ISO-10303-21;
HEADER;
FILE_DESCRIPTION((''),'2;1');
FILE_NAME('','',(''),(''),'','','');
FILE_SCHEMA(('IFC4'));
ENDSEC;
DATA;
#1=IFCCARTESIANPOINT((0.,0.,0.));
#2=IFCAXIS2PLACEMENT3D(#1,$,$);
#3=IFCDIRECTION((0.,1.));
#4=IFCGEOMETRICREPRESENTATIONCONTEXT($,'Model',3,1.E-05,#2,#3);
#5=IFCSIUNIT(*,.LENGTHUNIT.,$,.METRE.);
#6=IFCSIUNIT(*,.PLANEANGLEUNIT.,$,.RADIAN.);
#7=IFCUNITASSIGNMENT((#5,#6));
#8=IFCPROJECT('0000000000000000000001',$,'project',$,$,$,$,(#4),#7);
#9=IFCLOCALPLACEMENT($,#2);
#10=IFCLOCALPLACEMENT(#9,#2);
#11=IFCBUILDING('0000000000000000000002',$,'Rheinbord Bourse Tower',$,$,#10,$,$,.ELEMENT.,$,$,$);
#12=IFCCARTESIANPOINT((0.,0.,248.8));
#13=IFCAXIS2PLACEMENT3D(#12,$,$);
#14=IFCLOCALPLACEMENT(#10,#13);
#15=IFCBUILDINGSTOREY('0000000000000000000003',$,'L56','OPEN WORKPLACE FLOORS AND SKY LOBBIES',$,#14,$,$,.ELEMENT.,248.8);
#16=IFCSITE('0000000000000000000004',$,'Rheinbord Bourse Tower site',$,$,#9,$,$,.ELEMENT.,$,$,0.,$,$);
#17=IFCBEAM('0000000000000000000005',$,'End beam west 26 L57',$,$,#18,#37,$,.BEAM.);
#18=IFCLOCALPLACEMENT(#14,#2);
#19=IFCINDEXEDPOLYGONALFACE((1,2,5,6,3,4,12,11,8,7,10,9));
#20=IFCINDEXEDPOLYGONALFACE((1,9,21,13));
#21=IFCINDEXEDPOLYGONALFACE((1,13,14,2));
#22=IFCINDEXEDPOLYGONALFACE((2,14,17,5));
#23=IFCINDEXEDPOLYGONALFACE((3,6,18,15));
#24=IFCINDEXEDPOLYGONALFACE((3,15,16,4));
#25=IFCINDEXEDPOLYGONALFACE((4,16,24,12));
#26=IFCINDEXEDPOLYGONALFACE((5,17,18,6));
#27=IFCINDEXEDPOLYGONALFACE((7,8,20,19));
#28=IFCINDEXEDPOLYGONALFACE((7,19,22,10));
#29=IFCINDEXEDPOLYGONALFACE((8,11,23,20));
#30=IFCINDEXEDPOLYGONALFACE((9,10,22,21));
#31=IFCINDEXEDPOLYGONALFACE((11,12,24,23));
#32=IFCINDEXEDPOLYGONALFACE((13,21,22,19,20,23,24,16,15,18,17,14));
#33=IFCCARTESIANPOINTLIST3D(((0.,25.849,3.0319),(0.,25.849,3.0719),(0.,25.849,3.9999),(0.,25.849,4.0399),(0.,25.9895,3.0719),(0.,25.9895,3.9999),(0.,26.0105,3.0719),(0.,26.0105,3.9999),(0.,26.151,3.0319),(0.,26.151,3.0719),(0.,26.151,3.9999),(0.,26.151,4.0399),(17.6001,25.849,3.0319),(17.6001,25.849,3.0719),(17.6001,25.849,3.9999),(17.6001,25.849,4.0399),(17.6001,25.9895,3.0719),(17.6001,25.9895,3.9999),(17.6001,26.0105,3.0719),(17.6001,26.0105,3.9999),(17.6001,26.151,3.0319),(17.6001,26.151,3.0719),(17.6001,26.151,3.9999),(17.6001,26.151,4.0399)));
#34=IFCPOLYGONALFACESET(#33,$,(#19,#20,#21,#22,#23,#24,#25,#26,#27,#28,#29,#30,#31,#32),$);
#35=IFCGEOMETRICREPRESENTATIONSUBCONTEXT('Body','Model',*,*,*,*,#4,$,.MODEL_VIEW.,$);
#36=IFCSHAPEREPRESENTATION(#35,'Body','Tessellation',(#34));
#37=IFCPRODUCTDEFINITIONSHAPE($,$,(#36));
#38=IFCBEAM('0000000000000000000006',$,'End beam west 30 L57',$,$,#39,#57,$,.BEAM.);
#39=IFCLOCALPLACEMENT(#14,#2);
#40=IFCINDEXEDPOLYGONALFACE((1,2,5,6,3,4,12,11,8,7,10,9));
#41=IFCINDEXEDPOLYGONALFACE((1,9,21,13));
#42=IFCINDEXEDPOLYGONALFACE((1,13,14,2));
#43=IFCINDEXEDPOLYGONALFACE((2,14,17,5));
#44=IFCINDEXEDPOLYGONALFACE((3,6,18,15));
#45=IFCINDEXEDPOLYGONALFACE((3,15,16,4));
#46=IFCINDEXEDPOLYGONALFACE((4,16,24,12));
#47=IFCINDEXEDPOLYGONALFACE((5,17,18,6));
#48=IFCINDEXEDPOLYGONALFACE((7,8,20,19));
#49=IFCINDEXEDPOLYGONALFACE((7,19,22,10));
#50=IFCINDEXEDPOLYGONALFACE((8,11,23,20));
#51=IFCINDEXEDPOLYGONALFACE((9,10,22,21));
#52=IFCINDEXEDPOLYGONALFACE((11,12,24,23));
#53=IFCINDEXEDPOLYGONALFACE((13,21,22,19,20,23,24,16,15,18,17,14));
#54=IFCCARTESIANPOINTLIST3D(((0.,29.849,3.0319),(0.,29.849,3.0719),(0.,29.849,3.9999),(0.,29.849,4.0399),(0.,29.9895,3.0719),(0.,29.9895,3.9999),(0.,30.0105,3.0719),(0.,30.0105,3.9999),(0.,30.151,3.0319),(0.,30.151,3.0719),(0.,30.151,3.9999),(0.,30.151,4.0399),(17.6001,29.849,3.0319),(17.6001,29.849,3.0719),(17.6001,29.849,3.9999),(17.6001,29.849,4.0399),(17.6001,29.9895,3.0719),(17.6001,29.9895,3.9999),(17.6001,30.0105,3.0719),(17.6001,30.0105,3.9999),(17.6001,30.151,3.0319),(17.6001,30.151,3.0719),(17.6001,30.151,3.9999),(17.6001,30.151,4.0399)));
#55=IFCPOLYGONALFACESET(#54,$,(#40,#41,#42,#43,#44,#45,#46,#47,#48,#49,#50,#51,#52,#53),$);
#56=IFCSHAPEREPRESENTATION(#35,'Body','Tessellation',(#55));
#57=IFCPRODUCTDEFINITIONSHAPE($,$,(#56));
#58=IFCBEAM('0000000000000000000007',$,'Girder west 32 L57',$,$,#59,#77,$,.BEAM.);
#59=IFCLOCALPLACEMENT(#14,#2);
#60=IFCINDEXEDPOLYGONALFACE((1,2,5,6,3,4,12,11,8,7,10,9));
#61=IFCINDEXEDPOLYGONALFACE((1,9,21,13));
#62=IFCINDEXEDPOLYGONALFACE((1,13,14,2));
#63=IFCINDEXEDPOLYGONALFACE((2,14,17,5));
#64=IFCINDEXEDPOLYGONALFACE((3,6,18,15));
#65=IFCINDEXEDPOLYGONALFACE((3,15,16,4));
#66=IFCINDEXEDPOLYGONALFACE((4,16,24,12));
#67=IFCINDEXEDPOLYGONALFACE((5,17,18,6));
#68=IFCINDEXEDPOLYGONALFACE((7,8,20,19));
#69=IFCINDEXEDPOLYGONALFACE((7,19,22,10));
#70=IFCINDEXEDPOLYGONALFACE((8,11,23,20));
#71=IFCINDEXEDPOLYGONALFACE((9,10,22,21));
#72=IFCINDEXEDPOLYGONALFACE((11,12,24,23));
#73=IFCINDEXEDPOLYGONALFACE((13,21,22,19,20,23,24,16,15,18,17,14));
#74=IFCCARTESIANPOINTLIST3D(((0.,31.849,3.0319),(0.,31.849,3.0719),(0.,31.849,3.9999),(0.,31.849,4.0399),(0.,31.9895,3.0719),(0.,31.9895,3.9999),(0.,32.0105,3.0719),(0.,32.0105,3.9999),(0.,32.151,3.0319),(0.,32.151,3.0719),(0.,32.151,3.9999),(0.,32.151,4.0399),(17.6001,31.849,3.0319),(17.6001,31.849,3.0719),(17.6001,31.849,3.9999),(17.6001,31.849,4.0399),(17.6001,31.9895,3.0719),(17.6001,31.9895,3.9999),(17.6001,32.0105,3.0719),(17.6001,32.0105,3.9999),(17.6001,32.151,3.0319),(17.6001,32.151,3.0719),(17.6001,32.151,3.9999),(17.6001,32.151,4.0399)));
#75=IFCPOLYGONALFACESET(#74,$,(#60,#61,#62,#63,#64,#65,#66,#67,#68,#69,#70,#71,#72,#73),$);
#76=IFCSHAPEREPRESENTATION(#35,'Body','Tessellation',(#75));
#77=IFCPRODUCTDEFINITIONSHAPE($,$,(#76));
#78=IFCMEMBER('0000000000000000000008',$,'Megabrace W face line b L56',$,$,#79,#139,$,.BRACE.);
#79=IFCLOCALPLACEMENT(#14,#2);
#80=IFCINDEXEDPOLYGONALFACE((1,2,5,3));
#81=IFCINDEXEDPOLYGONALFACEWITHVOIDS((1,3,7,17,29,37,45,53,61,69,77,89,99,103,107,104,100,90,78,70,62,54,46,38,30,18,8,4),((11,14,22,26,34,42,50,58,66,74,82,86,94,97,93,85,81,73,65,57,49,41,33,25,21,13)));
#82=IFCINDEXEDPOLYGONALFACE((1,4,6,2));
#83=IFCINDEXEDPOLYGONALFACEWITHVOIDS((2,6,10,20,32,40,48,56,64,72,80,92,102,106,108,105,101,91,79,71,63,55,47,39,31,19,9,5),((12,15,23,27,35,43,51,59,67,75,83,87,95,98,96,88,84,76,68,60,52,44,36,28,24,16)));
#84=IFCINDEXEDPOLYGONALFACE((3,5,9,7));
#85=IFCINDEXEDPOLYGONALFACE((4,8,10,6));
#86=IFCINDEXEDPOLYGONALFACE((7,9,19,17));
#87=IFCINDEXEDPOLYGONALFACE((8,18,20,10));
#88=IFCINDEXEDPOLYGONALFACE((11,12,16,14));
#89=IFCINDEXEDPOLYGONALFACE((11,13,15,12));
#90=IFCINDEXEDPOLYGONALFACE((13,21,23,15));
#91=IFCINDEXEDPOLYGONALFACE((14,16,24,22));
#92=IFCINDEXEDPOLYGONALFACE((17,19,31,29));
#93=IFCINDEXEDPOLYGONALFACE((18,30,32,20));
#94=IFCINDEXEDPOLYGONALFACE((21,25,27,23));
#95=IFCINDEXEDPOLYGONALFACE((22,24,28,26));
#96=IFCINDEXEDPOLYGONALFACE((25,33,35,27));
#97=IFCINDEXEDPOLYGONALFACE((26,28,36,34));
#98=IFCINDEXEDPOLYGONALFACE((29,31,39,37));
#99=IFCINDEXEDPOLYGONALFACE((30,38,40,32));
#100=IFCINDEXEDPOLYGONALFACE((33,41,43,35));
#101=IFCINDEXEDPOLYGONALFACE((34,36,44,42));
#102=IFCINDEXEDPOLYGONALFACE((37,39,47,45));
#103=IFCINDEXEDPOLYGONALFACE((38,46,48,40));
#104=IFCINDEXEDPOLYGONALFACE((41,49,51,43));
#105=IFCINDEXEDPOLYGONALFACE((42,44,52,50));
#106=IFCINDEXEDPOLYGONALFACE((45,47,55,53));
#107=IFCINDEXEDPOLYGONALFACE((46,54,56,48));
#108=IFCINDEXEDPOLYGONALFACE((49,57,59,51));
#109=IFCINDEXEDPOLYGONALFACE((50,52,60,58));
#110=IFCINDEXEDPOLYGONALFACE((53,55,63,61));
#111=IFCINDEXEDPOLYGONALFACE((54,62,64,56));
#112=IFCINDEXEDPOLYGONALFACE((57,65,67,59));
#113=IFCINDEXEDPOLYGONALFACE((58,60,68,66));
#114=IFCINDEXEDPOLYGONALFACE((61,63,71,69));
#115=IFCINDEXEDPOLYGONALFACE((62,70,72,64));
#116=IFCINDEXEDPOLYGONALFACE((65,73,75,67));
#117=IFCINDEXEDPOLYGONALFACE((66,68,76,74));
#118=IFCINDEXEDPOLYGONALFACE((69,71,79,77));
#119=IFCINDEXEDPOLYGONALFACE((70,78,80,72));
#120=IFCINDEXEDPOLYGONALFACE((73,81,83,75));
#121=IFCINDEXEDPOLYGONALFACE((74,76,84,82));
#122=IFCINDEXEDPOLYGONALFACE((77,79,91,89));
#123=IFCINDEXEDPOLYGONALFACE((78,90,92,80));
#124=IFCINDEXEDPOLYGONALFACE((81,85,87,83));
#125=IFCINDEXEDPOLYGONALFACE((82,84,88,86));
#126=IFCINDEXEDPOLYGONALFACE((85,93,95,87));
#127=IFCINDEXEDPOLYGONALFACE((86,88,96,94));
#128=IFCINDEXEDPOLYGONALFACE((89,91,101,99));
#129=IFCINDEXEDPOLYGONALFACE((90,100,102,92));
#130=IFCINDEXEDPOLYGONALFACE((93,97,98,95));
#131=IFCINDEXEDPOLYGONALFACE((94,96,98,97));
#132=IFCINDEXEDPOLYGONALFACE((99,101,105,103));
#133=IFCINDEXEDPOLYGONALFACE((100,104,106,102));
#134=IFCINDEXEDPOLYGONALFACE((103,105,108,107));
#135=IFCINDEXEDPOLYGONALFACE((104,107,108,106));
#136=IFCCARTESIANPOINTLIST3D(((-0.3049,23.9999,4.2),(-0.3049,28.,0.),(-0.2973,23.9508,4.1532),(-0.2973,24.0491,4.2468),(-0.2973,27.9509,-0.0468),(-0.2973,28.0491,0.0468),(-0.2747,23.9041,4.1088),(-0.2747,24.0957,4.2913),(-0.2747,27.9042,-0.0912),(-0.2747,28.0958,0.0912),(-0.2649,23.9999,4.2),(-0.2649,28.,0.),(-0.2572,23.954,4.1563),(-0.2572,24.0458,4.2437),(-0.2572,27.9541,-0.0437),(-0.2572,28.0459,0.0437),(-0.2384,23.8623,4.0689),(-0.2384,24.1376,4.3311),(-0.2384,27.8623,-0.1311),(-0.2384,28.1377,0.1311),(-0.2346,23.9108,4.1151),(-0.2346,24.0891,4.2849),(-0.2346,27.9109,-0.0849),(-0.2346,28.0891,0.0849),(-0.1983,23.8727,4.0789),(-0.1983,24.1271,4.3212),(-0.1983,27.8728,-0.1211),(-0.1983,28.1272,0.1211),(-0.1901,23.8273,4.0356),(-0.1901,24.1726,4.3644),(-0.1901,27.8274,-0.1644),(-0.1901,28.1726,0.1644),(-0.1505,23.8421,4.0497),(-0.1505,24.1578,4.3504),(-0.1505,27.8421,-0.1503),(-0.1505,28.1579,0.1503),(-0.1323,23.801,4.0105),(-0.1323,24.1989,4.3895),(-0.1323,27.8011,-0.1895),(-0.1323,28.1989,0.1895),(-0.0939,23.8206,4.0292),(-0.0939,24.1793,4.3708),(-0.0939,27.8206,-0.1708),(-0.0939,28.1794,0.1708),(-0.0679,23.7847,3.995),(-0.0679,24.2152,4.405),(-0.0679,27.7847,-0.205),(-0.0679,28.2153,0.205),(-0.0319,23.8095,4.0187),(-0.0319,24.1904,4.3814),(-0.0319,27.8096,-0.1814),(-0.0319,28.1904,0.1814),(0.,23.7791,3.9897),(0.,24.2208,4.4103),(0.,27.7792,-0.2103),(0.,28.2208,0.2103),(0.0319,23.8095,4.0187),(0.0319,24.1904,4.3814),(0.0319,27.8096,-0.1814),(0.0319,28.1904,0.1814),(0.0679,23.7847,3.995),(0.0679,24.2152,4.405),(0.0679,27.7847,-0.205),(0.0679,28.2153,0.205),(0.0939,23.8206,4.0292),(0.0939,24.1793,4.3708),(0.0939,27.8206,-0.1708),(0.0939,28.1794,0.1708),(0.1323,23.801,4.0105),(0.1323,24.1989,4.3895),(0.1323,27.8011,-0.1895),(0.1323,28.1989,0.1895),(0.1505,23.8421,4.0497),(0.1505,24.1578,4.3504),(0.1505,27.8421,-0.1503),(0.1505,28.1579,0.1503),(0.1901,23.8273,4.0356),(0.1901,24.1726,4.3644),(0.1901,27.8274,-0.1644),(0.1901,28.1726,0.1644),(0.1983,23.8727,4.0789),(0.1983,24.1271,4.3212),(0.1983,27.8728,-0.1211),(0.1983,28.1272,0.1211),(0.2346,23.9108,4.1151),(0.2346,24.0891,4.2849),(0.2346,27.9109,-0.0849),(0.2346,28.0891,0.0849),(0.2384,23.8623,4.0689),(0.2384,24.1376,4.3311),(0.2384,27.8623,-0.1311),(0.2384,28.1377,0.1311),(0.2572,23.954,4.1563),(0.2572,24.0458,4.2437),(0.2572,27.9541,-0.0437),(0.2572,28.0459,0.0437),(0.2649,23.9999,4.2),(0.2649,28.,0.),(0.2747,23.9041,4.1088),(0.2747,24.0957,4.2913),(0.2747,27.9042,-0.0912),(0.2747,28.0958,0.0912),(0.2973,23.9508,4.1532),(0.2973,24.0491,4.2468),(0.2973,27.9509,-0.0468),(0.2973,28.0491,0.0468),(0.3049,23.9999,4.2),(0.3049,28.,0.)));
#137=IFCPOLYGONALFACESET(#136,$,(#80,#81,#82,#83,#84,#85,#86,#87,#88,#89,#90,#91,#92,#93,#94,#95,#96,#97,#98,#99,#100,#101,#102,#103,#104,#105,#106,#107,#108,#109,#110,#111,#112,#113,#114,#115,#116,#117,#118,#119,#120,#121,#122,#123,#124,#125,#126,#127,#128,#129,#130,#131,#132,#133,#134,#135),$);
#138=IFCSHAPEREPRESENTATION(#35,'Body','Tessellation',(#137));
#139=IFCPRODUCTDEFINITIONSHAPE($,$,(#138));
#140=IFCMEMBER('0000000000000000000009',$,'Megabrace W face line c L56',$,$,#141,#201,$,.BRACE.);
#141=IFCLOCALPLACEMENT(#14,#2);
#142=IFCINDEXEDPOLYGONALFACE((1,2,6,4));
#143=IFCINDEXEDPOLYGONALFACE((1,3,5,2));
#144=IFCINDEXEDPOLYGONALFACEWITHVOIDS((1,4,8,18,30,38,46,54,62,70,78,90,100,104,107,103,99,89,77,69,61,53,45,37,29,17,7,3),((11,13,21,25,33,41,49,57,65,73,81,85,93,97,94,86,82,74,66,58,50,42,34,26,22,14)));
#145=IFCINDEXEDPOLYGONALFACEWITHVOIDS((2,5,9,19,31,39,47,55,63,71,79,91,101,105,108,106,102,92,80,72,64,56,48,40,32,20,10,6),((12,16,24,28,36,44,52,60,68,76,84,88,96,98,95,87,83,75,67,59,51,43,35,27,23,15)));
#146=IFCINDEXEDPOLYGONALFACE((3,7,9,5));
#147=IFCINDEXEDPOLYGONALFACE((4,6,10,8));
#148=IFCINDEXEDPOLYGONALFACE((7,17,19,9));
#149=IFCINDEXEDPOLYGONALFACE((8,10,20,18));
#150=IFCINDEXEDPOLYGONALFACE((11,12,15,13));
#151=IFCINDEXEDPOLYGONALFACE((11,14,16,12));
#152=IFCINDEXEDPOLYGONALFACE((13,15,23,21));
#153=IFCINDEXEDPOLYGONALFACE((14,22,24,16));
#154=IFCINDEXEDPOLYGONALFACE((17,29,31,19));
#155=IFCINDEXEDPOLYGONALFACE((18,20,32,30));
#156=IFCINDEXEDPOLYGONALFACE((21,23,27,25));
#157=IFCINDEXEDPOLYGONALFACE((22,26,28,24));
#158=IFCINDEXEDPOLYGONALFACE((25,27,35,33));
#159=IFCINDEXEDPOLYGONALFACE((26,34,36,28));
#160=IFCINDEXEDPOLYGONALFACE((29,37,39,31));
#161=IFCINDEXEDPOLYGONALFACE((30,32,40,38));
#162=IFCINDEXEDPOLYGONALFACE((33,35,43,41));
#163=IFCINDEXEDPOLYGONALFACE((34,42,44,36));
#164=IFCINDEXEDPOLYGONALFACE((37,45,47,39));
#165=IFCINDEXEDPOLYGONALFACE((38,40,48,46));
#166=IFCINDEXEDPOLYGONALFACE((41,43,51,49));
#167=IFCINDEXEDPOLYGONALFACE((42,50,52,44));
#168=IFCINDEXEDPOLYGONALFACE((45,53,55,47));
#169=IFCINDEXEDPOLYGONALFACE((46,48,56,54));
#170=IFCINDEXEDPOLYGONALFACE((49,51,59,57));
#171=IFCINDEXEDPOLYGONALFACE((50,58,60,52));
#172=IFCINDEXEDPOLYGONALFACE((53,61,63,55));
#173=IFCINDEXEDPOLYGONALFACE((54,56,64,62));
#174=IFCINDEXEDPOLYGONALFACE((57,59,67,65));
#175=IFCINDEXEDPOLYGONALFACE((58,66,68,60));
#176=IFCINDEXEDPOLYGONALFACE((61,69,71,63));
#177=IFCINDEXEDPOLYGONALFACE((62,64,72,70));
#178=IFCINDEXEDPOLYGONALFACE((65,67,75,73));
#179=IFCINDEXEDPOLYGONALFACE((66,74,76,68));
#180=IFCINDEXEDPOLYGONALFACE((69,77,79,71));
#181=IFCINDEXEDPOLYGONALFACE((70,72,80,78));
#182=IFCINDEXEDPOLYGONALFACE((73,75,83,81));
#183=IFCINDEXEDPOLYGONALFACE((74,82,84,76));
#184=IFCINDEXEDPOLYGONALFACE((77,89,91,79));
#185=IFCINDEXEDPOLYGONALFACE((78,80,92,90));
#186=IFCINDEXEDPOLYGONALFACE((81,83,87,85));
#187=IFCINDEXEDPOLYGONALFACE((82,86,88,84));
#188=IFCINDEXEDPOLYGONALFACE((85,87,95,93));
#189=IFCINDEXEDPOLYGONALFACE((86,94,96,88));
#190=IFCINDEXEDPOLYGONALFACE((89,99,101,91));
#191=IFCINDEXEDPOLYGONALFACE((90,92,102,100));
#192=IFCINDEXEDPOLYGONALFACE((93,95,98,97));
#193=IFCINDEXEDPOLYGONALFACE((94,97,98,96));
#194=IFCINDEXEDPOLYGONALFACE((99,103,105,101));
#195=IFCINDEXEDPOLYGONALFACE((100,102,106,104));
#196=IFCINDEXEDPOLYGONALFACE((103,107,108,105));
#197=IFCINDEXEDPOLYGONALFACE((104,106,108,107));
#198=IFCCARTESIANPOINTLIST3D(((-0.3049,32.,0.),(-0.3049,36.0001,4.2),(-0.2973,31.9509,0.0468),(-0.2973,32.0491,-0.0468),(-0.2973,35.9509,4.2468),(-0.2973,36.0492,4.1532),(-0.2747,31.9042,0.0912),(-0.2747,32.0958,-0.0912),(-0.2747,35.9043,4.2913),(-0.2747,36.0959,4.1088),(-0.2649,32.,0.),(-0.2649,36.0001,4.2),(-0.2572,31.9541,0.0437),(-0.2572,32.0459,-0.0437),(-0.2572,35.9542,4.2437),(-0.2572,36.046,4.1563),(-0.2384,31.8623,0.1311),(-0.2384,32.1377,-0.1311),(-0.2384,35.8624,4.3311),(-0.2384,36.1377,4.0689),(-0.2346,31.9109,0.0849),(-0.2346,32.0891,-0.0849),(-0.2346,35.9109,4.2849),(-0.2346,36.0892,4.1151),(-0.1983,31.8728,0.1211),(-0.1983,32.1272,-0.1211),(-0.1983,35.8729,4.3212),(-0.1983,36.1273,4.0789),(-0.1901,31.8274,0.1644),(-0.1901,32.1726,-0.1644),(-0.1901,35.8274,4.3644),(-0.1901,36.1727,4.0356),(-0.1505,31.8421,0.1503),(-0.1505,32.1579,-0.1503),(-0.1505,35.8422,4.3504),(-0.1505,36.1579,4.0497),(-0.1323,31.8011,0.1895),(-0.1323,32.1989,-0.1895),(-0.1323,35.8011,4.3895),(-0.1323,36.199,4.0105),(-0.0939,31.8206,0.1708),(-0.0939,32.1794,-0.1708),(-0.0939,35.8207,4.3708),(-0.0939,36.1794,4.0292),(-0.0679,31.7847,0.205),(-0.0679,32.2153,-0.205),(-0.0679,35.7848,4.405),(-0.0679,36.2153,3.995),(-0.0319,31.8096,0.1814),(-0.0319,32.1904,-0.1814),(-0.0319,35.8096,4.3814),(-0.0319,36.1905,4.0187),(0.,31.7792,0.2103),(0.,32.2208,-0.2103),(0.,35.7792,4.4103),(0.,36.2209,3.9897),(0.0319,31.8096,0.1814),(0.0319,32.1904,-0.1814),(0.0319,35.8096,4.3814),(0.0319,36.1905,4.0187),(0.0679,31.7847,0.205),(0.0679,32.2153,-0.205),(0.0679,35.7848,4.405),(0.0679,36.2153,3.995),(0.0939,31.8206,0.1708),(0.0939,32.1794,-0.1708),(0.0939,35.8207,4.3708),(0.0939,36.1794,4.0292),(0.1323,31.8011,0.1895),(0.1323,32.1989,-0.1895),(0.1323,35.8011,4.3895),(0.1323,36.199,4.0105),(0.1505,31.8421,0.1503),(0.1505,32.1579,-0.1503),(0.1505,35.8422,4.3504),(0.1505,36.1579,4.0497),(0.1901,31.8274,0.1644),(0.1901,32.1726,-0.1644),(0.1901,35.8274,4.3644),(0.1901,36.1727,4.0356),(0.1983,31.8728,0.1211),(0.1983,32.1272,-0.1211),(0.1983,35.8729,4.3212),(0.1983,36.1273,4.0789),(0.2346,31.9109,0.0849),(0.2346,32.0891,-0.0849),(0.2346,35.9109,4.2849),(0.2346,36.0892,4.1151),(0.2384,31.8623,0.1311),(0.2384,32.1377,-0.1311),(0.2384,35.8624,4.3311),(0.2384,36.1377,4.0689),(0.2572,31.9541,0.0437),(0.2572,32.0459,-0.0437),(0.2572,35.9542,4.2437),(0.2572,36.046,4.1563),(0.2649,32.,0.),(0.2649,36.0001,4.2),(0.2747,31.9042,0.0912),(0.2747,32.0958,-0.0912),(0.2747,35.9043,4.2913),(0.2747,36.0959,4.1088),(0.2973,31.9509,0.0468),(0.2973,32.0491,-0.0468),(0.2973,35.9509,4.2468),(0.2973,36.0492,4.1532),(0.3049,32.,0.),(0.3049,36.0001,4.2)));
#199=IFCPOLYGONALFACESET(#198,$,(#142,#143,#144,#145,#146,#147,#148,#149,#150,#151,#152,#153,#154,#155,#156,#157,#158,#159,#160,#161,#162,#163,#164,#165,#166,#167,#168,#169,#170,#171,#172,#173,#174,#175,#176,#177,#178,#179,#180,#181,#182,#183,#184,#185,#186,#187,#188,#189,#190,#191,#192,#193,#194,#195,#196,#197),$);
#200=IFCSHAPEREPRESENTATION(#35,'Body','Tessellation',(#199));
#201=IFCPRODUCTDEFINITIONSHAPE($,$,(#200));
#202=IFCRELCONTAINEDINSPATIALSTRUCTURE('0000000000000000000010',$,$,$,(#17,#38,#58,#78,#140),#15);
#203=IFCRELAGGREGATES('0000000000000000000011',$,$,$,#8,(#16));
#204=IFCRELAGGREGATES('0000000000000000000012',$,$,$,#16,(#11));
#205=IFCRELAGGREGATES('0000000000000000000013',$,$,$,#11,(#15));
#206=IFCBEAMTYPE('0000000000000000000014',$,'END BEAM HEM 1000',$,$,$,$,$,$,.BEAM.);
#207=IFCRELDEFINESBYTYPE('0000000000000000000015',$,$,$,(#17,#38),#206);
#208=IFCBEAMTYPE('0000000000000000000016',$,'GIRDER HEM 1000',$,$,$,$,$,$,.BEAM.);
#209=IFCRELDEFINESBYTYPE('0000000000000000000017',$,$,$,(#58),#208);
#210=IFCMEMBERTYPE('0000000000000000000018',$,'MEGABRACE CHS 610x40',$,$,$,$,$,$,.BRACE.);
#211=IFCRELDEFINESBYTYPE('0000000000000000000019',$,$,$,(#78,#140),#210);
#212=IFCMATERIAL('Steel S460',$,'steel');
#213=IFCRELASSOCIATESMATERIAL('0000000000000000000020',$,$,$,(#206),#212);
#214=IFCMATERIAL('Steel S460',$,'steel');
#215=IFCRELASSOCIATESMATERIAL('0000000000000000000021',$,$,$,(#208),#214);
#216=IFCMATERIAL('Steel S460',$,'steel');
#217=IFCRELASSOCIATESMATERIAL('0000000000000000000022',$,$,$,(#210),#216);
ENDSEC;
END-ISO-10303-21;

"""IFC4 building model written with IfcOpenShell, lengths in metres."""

from ifc_helpers import new_model, si_unit, direction, frame, origin, origin_2d, place, context, subcontext, project, spatial, hollow_circle, i_section, extrude, material, material_profile, profile_set, type_object, element, save


model = new_model("IFC4")

# Units and contexts
model_context = context("Model", 3, precision=1e-05, world=origin(), true_north=direction((0.0, 1.0)))
body_context = subcontext(model_context, "Body", "Model", "MODEL_VIEW")
ifc_project = project(units=[si_unit("LENGTHUNIT", "METRE"), si_unit("PLANEANGLEUNIT", "RADIAN")], contexts=[model_context])

# Site, building, storey
site_placement = place(None, origin())
site = spatial("IfcSite", under=ifc_project, at=site_placement, Name="Rheinbord Bourse Tower site", CompositionType="ELEMENT", RefElevation=0.0)
building_placement = place(site_placement, origin())
building = spatial("IfcBuilding", under=site, at=building_placement, Name="Rheinbord Bourse Tower", CompositionType="ELEMENT")
storey_placement = place(building_placement, frame((0.0, 0.0, 248.8)))
storey = spatial("IfcBuildingStorey", under=building, at=storey_placement, Name="L56", Description="OPEN WORKPLACE FLOORS AND SKY LOBBIES", CompositionType="ELEMENT", Elevation=248.8)

# Beams
ifc_material_1 = material(Name="Steel S460", Category="steel")
ifc_material_profile_1 = material_profile(ifc_material_1, i_section(OverallWidth=0.302, OverallDepth=1.0081, WebThickness=0.021, FlangeThickness=0.04, at=origin_2d()), Name="HEM 1000")
ifc_profile_set_1 = profile_set([ifc_material_profile_1], Name="Steel S460")
beam_type_1 = type_object("IfcBeamType", Name="END BEAM HEM 1000", PredefinedType="BEAM", material=ifc_profile_set_1)
for number, where, z_axis, x_axis, name in (
    (1, (0.0, 26.0, 3.5359), (1.0, 0.0, 0.0), (0.0, 1.0, 0.0), "End beam west 26 L57"),
    (2, (0.0, 30.0, 3.5359), (1.0, 0.0, 0.0), (0.0, 1.0, 0.0), "End beam west 30 L57"),
):
    element("IfcBeam", number, at=place(storey_placement, frame(where, z_axis=z_axis, x_axis=x_axis)), inside=storey, type_object=beam_type_1, Name=name, PredefinedType="BEAM", context=body_context, shape_type="SweptSolid", body=[
        extrude(i_section(OverallWidth=0.302, OverallDepth=1.0081, WebThickness=0.021, FlangeThickness=0.04, at=origin_2d()), origin(), (0.0, 0.0, 1.0), 17.6001),
    ])
ifc_material_2 = material(Name="Steel S460", Category="steel")
ifc_material_profile_2 = material_profile(ifc_material_2, i_section(OverallWidth=0.302, OverallDepth=1.0081, WebThickness=0.021, FlangeThickness=0.04, at=origin_2d()), Name="HEM 1000")
ifc_profile_set_2 = profile_set([ifc_material_profile_2], Name="Steel S460")
beam_type_2 = type_object("IfcBeamType", Name="GIRDER HEM 1000", PredefinedType="BEAM", material=ifc_profile_set_2)
beam_placement = place(storey_placement, frame((0.0, 32.0, 3.5359), z_axis=(1.0, 0.0, 0.0), x_axis=(0.0, 1.0, 0.0)))
element("IfcBeam", 3, at=beam_placement, inside=storey, type_object=beam_type_2, Name="Girder west 32 L57", PredefinedType="BEAM", context=body_context, shape_type="SweptSolid", body=[
    extrude(i_section(OverallWidth=0.302, OverallDepth=1.0081, WebThickness=0.021, FlangeThickness=0.04, at=origin_2d()), origin(), (0.0, 0.0, 1.0), 17.6001),
])

# Members
ifc_material_3 = material(Name="Steel S460", Category="steel")
ifc_material_profile_3 = material_profile(ifc_material_3, hollow_circle(Radius=0.3049, WallThickness=0.04, at=origin_2d()), Name="CHS 610x40")
ifc_profile_set_3 = profile_set([ifc_material_profile_3], Name="Steel S460")
member_type_1 = type_object("IfcMemberType", Name="MEGABRACE CHS 610x40", PredefinedType="BRACE", material=ifc_profile_set_3)
for number, where, z_axis, x_axis, name in (
    (4, (0.0, 28.0, 0.0), (0.0, -0.689659, 0.724134), (1.0, 0.0, 0.0), "Megabrace W face line b L56"),
    (5, (0.0, 32.0, 0.0), (0.0, 0.689659, 0.724134), (-1.0, 0.0, 0.0), "Megabrace W face line c L56"),
):
    element("IfcMember", number, at=place(storey_placement, frame(where, z_axis=z_axis, x_axis=x_axis)), inside=storey, type_object=member_type_1, Name=name, PredefinedType="BRACE", context=body_context, shape_type="SweptSolid", body=[
        extrude(hollow_circle(Radius=0.3049, WallThickness=0.04, at=origin_2d()), origin(), (0.0, 0.0, 1.0), 5.8),
    ])

save(model, "model.ifc")
